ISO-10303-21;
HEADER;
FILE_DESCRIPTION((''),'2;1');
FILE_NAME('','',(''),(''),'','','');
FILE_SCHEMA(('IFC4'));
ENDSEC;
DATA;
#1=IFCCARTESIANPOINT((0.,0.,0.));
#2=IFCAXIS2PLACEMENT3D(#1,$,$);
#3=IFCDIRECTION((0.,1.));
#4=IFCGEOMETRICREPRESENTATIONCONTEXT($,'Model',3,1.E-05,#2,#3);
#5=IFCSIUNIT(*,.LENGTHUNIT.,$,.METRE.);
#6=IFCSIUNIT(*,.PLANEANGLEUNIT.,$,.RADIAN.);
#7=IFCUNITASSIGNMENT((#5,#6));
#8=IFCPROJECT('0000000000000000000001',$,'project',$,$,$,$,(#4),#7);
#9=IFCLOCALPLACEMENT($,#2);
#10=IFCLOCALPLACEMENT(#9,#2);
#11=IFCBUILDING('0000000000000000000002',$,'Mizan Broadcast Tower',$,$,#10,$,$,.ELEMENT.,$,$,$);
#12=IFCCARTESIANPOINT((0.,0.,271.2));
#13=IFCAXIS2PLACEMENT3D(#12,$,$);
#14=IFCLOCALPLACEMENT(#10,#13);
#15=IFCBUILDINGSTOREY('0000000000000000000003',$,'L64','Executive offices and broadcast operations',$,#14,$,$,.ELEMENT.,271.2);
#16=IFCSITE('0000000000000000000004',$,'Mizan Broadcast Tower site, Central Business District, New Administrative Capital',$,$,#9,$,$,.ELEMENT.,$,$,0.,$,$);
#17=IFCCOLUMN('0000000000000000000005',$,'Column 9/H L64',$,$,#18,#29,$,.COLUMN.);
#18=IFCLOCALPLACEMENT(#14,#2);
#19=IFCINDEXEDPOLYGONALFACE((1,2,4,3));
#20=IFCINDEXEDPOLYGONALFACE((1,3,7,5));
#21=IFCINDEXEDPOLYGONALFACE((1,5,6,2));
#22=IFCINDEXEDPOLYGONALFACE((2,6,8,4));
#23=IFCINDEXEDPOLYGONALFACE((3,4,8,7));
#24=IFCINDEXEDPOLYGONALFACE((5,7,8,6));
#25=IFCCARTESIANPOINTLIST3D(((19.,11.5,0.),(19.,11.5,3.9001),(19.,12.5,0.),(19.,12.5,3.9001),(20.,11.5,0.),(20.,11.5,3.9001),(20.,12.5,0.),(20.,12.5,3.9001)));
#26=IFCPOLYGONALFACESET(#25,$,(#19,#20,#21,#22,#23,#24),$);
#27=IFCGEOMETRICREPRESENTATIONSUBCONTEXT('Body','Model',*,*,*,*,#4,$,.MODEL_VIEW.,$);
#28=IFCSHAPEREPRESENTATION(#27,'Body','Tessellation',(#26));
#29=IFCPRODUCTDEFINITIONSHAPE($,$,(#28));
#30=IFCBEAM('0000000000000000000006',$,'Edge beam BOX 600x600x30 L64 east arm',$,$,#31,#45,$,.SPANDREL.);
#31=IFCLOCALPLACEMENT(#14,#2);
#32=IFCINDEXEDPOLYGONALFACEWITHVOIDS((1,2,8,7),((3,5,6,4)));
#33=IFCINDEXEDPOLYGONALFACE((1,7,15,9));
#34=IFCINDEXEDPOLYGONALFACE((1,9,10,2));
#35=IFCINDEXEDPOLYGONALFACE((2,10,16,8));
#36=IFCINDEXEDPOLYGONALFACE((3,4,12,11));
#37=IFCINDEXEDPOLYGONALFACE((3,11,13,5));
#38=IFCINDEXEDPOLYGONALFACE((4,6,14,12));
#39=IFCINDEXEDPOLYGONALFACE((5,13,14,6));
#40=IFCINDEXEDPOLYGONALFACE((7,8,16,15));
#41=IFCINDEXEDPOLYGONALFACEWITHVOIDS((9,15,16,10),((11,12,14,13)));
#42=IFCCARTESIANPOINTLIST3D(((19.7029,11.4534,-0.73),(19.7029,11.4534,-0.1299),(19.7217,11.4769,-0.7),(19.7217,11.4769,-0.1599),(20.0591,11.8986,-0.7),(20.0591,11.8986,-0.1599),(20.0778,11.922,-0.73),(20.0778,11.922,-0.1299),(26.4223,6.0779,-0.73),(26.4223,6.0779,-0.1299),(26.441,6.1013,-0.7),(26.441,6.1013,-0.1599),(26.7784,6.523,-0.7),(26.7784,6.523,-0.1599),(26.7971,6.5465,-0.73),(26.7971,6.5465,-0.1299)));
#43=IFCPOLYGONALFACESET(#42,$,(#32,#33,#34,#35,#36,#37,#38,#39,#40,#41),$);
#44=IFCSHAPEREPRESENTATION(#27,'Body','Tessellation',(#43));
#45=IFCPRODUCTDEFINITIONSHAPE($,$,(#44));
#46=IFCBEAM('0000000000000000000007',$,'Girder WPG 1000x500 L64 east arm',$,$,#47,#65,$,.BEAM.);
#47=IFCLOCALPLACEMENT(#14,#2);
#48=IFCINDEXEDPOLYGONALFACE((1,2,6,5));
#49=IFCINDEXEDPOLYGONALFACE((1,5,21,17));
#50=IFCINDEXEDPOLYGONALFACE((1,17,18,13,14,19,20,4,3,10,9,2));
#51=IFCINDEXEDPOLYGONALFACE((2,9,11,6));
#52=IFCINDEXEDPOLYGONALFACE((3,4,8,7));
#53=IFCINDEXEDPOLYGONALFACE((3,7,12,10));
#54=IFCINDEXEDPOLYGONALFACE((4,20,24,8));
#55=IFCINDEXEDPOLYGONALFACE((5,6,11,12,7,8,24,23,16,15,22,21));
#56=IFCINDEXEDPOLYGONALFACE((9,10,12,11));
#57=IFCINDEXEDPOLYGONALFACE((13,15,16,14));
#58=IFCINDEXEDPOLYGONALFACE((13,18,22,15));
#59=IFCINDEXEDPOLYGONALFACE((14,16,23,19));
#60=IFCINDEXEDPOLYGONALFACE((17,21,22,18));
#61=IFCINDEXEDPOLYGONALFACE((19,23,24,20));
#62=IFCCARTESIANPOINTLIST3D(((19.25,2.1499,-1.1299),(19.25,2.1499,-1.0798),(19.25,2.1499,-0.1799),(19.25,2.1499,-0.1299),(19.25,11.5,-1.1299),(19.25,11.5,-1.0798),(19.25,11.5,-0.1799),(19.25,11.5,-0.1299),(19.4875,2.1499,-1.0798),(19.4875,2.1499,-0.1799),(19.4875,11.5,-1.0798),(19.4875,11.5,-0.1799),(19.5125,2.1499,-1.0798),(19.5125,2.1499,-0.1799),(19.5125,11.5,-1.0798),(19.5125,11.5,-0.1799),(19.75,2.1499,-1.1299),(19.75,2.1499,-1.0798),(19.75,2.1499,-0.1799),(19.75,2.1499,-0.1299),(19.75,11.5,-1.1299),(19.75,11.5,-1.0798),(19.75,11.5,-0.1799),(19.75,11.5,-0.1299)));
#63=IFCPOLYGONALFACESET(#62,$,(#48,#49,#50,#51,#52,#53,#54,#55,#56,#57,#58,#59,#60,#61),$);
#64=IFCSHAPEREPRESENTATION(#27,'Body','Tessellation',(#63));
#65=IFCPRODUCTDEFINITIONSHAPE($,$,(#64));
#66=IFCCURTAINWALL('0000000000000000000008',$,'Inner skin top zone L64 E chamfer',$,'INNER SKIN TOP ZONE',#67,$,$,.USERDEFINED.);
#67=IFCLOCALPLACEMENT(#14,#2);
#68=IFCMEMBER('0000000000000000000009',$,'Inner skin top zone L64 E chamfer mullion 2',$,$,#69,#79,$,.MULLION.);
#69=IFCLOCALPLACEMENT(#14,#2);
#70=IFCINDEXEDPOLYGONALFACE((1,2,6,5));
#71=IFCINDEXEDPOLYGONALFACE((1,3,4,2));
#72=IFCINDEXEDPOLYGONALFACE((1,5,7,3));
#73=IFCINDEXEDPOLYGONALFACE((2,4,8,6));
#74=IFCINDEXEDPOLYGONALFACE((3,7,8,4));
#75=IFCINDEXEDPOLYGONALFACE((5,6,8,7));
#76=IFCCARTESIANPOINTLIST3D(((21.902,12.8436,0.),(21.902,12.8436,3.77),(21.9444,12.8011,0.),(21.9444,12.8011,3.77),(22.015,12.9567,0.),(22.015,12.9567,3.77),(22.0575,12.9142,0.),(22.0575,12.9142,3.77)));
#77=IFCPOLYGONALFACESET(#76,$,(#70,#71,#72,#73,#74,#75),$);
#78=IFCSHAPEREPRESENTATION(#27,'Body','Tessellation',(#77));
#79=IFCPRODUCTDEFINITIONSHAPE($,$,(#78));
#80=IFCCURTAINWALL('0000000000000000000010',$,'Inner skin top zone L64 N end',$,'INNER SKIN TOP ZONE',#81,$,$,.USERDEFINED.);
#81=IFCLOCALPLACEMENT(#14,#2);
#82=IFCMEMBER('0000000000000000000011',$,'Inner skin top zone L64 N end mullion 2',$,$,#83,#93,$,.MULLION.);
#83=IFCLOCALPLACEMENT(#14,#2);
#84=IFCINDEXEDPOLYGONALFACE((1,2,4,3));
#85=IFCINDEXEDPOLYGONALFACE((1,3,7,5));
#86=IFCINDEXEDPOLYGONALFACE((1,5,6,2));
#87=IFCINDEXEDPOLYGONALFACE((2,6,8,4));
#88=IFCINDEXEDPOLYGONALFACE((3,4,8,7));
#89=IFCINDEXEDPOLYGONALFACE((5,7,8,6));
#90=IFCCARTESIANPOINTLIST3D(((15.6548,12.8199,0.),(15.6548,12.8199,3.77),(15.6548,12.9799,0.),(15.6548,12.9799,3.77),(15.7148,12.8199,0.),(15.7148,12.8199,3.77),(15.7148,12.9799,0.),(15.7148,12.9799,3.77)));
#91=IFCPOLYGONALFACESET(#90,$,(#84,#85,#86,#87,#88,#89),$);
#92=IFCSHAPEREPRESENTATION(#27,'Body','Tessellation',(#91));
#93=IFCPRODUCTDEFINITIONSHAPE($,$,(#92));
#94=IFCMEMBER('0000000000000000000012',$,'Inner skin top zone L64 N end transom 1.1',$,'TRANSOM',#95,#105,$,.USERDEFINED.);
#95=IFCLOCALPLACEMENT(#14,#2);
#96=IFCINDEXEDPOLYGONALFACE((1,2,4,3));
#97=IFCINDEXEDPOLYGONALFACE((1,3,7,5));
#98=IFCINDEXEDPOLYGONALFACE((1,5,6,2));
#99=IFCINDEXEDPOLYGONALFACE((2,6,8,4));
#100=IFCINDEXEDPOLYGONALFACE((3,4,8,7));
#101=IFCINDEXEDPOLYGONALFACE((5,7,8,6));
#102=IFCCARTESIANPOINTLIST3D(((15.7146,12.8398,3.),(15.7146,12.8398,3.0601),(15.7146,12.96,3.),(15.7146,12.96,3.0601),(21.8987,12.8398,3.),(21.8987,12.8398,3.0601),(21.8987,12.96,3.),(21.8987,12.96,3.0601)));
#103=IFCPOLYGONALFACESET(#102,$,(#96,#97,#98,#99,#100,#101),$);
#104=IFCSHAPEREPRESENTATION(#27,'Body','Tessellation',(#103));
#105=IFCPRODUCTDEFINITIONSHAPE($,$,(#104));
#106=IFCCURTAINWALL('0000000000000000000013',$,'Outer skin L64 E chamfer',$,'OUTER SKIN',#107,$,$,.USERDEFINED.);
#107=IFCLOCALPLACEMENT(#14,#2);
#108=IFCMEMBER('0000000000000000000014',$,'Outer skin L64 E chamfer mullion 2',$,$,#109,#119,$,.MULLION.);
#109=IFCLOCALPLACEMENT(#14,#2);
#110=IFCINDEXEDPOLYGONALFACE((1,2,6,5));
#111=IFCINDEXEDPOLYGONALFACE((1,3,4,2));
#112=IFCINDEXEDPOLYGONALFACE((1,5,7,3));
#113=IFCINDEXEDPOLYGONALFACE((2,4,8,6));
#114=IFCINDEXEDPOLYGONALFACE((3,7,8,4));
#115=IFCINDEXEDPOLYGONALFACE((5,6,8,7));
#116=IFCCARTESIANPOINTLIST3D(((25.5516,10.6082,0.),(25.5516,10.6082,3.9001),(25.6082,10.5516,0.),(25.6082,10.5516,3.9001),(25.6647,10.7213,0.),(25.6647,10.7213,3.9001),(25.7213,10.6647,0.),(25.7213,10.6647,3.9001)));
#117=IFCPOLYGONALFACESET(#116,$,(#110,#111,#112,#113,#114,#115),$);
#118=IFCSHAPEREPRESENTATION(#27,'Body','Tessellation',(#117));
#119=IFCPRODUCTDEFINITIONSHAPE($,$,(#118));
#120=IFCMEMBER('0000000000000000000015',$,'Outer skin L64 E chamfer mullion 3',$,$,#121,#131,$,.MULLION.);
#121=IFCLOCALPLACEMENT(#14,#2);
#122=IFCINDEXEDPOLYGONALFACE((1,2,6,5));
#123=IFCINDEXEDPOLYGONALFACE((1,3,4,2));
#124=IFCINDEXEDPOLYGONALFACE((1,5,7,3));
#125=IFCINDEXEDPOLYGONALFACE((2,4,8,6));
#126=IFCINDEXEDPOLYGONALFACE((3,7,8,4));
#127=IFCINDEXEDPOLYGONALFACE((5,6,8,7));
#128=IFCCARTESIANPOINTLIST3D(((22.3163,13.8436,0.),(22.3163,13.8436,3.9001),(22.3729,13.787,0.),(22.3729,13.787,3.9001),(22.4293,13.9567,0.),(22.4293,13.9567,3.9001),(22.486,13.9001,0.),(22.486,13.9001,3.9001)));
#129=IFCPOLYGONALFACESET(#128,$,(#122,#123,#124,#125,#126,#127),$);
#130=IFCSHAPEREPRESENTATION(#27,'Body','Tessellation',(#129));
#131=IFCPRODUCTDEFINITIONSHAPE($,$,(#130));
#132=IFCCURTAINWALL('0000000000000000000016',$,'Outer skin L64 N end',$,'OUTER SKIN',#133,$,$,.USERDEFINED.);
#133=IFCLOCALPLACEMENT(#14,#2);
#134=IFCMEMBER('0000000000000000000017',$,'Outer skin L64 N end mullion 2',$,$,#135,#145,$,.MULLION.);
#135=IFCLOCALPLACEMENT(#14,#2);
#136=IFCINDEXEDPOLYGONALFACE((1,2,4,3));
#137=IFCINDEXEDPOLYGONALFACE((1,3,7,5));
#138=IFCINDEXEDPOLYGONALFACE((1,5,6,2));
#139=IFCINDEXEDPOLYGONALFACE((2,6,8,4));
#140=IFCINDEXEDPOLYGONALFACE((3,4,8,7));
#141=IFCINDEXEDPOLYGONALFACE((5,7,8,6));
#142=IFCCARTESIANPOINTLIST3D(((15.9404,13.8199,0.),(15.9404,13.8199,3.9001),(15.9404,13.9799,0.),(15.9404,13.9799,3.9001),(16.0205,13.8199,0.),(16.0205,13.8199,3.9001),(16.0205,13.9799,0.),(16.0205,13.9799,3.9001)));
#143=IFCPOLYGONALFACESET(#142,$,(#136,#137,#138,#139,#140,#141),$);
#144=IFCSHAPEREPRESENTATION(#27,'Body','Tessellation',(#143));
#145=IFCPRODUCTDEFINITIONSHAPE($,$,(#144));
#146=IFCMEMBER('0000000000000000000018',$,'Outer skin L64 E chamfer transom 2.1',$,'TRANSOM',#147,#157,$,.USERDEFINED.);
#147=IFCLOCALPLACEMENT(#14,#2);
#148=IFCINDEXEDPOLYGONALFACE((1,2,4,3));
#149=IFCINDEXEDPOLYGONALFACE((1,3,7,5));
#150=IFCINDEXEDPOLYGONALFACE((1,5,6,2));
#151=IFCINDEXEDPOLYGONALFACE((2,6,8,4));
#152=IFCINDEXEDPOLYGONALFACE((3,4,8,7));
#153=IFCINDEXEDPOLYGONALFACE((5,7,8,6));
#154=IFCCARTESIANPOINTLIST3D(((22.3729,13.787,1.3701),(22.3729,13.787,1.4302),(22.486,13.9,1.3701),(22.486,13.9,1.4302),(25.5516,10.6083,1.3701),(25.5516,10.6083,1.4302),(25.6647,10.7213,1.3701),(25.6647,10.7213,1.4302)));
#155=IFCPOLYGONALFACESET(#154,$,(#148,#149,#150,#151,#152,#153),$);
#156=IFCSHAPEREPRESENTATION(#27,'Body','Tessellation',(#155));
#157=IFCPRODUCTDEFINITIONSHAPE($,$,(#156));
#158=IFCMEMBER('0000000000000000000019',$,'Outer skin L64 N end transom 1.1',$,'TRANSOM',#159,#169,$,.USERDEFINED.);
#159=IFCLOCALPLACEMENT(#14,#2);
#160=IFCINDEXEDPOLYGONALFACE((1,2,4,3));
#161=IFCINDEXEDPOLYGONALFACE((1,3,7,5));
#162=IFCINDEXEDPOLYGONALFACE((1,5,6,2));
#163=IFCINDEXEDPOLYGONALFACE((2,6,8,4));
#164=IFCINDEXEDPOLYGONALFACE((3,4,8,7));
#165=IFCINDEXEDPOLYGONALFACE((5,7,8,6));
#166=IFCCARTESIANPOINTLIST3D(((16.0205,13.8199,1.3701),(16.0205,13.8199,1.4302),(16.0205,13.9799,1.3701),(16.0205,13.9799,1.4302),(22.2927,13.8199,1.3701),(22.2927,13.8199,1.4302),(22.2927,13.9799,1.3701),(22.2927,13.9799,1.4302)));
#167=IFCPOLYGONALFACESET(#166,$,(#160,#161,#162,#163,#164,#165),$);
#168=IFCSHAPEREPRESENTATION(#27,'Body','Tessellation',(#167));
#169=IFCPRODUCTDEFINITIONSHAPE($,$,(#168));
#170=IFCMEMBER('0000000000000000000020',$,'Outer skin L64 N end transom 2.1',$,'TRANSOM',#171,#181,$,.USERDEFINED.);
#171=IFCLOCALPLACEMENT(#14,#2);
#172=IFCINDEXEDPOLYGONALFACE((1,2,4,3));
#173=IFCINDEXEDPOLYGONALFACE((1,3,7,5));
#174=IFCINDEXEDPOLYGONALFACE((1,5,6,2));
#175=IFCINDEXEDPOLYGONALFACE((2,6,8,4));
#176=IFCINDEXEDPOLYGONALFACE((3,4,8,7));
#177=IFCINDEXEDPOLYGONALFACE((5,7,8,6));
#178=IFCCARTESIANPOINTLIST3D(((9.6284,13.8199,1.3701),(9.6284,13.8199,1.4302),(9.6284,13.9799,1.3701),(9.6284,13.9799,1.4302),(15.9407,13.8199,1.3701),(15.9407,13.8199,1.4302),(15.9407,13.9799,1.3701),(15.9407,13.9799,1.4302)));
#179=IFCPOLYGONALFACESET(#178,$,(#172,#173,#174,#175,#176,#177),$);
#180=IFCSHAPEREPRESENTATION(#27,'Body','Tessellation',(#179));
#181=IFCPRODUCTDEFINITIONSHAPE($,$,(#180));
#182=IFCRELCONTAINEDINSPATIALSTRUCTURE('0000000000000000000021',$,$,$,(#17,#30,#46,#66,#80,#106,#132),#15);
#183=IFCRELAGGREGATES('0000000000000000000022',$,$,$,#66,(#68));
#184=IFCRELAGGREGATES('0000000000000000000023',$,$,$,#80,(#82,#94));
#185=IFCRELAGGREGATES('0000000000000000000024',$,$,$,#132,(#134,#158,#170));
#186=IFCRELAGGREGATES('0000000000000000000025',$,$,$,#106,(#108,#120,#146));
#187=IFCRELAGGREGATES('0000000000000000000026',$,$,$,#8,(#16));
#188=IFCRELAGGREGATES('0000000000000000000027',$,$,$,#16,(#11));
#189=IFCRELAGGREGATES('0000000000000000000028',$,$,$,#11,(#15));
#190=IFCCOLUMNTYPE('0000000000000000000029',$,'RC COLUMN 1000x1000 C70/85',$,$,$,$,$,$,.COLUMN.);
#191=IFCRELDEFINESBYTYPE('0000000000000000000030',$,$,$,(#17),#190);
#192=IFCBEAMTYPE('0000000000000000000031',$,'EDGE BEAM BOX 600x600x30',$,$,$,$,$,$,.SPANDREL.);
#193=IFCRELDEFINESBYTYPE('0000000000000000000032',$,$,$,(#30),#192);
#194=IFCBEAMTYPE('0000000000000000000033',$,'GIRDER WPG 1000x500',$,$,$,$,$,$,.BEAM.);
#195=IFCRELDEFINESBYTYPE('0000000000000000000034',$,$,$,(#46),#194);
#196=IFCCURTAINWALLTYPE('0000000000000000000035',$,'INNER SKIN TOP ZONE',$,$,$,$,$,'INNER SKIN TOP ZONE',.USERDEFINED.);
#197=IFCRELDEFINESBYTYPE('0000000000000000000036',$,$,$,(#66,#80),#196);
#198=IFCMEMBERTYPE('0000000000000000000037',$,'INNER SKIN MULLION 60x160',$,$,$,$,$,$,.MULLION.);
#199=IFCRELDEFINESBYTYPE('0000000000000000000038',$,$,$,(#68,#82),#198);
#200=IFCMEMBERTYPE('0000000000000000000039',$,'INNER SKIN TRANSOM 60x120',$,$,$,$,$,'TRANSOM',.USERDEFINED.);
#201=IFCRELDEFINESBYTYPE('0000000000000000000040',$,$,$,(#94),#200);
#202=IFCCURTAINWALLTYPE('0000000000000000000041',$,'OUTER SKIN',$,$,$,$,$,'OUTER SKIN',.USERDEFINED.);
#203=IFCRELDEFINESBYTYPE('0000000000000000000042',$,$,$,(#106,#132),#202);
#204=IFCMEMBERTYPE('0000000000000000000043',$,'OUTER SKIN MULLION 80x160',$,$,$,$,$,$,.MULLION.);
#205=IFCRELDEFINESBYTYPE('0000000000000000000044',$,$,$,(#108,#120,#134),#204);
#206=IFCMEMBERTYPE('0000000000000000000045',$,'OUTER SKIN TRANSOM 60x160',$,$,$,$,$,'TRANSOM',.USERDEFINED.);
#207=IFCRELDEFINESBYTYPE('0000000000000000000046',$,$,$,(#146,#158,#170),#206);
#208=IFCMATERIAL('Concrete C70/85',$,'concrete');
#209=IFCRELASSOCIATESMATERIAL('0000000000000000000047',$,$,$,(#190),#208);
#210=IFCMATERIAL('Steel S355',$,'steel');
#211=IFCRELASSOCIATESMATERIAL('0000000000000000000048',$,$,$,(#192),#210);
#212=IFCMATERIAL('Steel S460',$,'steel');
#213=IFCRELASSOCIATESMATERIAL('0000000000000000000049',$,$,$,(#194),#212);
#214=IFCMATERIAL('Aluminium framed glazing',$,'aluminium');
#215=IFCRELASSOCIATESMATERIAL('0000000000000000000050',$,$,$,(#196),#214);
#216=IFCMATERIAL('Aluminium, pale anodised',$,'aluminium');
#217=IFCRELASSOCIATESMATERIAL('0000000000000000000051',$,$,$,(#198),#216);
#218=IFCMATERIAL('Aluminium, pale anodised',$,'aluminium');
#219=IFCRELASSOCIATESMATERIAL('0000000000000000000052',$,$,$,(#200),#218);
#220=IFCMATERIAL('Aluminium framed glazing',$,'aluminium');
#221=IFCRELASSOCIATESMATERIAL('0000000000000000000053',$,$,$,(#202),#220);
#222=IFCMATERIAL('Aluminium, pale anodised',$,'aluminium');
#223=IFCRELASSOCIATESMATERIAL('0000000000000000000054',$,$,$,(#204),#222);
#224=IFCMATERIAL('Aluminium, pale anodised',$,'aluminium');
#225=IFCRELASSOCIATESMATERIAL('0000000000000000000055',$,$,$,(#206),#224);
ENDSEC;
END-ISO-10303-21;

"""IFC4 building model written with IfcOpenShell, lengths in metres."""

from ifc_helpers import new_model, si_unit, direction, frame, origin, origin_2d, place, context, subcontext, project, spatial, rectangle, hollow_rectangle, i_section, extrude, material, material_profile, profile_set, type_object, element, aggregate, save


model = new_model("IFC4")

# Units and contexts
model_context = context("Model", 3, precision=1e-05, world=origin(), true_north=direction((0.0, 1.0)))
body_context = subcontext(model_context, "Body", "Model", "MODEL_VIEW")
ifc_project = project(units=[si_unit("LENGTHUNIT", "METRE"), si_unit("PLANEANGLEUNIT", "RADIAN")], contexts=[model_context])

# Site, building, storey
site_placement = place(None, origin())
site = spatial("IfcSite", under=ifc_project, at=site_placement, Name="Mizan Broadcast Tower site, Central Business District, New Administrative Capital", CompositionType="ELEMENT", RefElevation=0.0)
building_placement = place(site_placement, origin())
building = spatial("IfcBuilding", under=site, at=building_placement, Name="Mizan Broadcast Tower", CompositionType="ELEMENT")
storey_placement = place(building_placement, frame((0.0, 0.0, 271.2)))
storey = spatial("IfcBuildingStorey", under=building, at=storey_placement, Name="L64", Description="Executive offices and broadcast operations", CompositionType="ELEMENT", Elevation=271.2)

# Column
ifc_material_1 = material(Name="Concrete C70/85", Category="concrete")
ifc_material_profile_1 = material_profile(ifc_material_1, rectangle(XDim=1.0, YDim=1.0, at=origin_2d()), Name="RC 1000x1000")
ifc_profile_set_1 = profile_set([ifc_material_profile_1], Name="Concrete C70/85")
column_type = type_object("IfcColumnType", Name="RC COLUMN 1000x1000 C70/85", PredefinedType="COLUMN", material=ifc_profile_set_1)
column_placement = place(storey_placement, frame((19.5, 12.0, 0.0), z_axis=(0.0, 0.0, 1.0), x_axis=(1.0, 0.0, 0.0)))
element("IfcColumn", 1, at=column_placement, inside=storey, type_object=column_type, Name="Column 9/H L64", PredefinedType="COLUMN", context=body_context, shape_type="SweptSolid", body=[
    extrude(rectangle(XDim=1.0, YDim=1.0, at=origin_2d()), origin(), (0.0, 0.0, 1.0), 3.9001),
])

# Beams
ifc_material_2 = material(Name="Steel S355", Category="steel")
ifc_material_profile_2 = material_profile(ifc_material_2, hollow_rectangle(XDim=0.6001, YDim=0.6001, WallThickness=0.03, at=origin_2d()), Name="BOX 600x600x30")
ifc_profile_set_2 = profile_set([ifc_material_profile_2], Name="Steel S355")
beam_type_1 = type_object("IfcBeamType", Name="EDGE BEAM BOX 600x600x30", PredefinedType="SPANDREL", material=ifc_profile_set_2)
beam_1_placement = place(storey_placement, frame((19.8904, 11.6877, -0.4299), z_axis=(0.780863, -0.624702, 0.0), x_axis=(0.624702, 0.780863, 0.0)))
element("IfcBeam", 2, at=beam_1_placement, inside=storey, type_object=beam_type_1, Name="Edge beam BOX 600x600x30 L64 east arm", PredefinedType="SPANDREL", context=body_context, shape_type="SweptSolid", body=[
    extrude(hollow_rectangle(XDim=0.6001, YDim=0.6001, WallThickness=0.03, at=origin_2d()), origin(), (0.0, 0.0, 1.0), 8.605),
])
ifc_material_3 = material(Name="Steel S460", Category="steel")
ifc_material_profile_3 = material_profile(ifc_material_3, i_section(OverallWidth=0.5, OverallDepth=1.0, WebThickness=0.0249, FlangeThickness=0.05, at=origin_2d()), Name="WPG 1000x500")
ifc_profile_set_3 = profile_set([ifc_material_profile_3], Name="Steel S460")
beam_type_2 = type_object("IfcBeamType", Name="GIRDER WPG 1000x500", PredefinedType="BEAM", material=ifc_profile_set_3)
beam_2_placement = place(storey_placement, frame((19.5, 11.5, -0.6299), z_axis=(0.0, -1.0, 0.0), x_axis=(1.0, 0.0, 0.0)))
element("IfcBeam", 3, at=beam_2_placement, inside=storey, type_object=beam_type_2, Name="Girder WPG 1000x500 L64 east arm", PredefinedType="BEAM", context=body_context, shape_type="SweptSolid", body=[
    extrude(i_section(OverallWidth=0.5, OverallDepth=1.0, WebThickness=0.0249, FlangeThickness=0.05, at=origin_2d()), origin(), (0.0, 0.0, 1.0), 9.3501),
])

# Curtain wall, member
ifc_material_4 = material(Name="Aluminium framed glazing", Category="aluminium")
curtain_wall_type_1 = type_object("IfcCurtainWallType", Name="INNER SKIN TOP ZONE", ElementType="INNER SKIN TOP ZONE", PredefinedType="USERDEFINED", material=ifc_material_4)
curtain_wall_1_placement = place(storey_placement, origin())
curtain_wall_1 = element("IfcCurtainWall", 4, at=curtain_wall_1_placement, inside=storey, type_object=curtain_wall_type_1, Name="Inner skin top zone L64 E chamfer", ObjectType="INNER SKIN TOP ZONE", PredefinedType="USERDEFINED")
ifc_material_5 = material(Name="Aluminium, pale anodised", Category="aluminium")
ifc_material_profile_4 = material_profile(ifc_material_5, rectangle(XDim=0.1599, YDim=0.0601, at=origin_2d()), Name="MULLION 160x60")
ifc_profile_set_4 = profile_set([ifc_material_profile_4], Name="Aluminium, pale anodised")
member_type_1 = type_object("IfcMemberType", Name="INNER SKIN MULLION 60x160", PredefinedType="MULLION", material=ifc_profile_set_4)
member_1_placement = place(storey_placement, frame((21.9797, 12.8789, 0.0), z_axis=(0.0, 0.0, 1.0), x_axis=(-0.707107, -0.707107, 0.0)))
member_1 = element("IfcMember", 5, at=member_1_placement, type_object=member_type_1, Name="Inner skin top zone L64 E chamfer mullion 2", PredefinedType="MULLION", context=body_context, shape_type="SweptSolid", body=[
    extrude(rectangle(XDim=0.1599, YDim=0.0601, at=origin_2d()), origin(), (0.0, 0.0, 1.0), 3.77),
])

# Curtain walls, members
curtain_wall_2_placement = place(storey_placement, origin())
curtain_wall_2 = element("IfcCurtainWall", 6, at=curtain_wall_2_placement, inside=storey, type_object=curtain_wall_type_1, Name="Inner skin top zone L64 N end", ObjectType="INNER SKIN TOP ZONE", PredefinedType="USERDEFINED")
member_2_placement = place(storey_placement, frame((15.6848, 12.8999, 0.0), z_axis=(0.0, 0.0, 1.0), x_axis=(0.0, -1.0, 0.0)))
member_2 = element("IfcMember", 7, at=member_2_placement, type_object=member_type_1, Name="Inner skin top zone L64 N end mullion 2", PredefinedType="MULLION", context=body_context, shape_type="SweptSolid", body=[
    extrude(rectangle(XDim=0.1599, YDim=0.0601, at=origin_2d()), origin(), (0.0, 0.0, 1.0), 3.77),
])
ifc_material_6 = material(Name="Aluminium, pale anodised", Category="aluminium")
ifc_material_profile_5 = material_profile(ifc_material_6, rectangle(XDim=0.1201, YDim=0.0601, at=origin_2d()), Name="TRANSOM 120x60")
ifc_profile_set_5 = profile_set([ifc_material_profile_5], Name="Aluminium, pale anodised")
member_type_2 = type_object("IfcMemberType", Name="INNER SKIN TRANSOM 60x120", ElementType="TRANSOM", PredefinedType="USERDEFINED", material=ifc_profile_set_5)
member_3_placement = place(storey_placement, frame((21.8987, 12.8999, 3.03), z_axis=(-1.0, 0.0, 0.0), x_axis=(0.0, -1.0, 0.0)))
member_3 = element("IfcMember", 8, at=member_3_placement, type_object=member_type_2, Name="Inner skin top zone L64 N end transom 1.1", ObjectType="TRANSOM", PredefinedType="USERDEFINED", context=body_context, shape_type="SweptSolid", body=[
    extrude(rectangle(XDim=0.1201, YDim=0.0601, at=origin_2d()), origin(), (0.0, 0.0, 1.0), 6.1841),
])
ifc_material_7 = material(Name="Aluminium framed glazing", Category="aluminium")
curtain_wall_type_2 = type_object("IfcCurtainWallType", Name="OUTER SKIN", ElementType="OUTER SKIN", PredefinedType="USERDEFINED", material=ifc_material_7)
curtain_wall_3_placement = place(storey_placement, origin())
curtain_wall_3 = element("IfcCurtainWall", 9, at=curtain_wall_3_placement, inside=storey, type_object=curtain_wall_type_2, Name="Outer skin L64 E chamfer", ObjectType="OUTER SKIN", PredefinedType="USERDEFINED")
ifc_material_8 = material(Name="Aluminium, pale anodised", Category="aluminium")
ifc_material_profile_6 = material_profile(ifc_material_8, rectangle(XDim=0.1599, YDim=0.0801, at=origin_2d()), Name="MULLION 160x80")
ifc_profile_set_6 = profile_set([ifc_material_profile_6], Name="Aluminium, pale anodised")
member_type_3 = type_object("IfcMemberType", Name="OUTER SKIN MULLION 80x160", PredefinedType="MULLION", material=ifc_profile_set_6)
member_4_placement = place(storey_placement, frame((25.6365, 10.6365, 0.0), z_axis=(0.0, 0.0, 1.0), x_axis=(-0.707107, -0.707107, 0.0)))
member_4 = element("IfcMember", 10, at=member_4_placement, type_object=member_type_3, Name="Outer skin L64 E chamfer mullion 2", PredefinedType="MULLION", context=body_context, shape_type="SweptSolid", body=[
    extrude(rectangle(XDim=0.1599, YDim=0.0801, at=origin_2d()), origin(), (0.0, 0.0, 1.0), 3.9001),
])
member_5_placement = place(storey_placement, frame((22.4011, 13.8718, 0.0), z_axis=(0.0, 0.0, 1.0), x_axis=(-0.707107, -0.707107, 0.0)))
member_5 = element("IfcMember", 11, at=member_5_placement, type_object=member_type_3, Name="Outer skin L64 E chamfer mullion 3", PredefinedType="MULLION", context=body_context, shape_type="SweptSolid", body=[
    extrude(rectangle(XDim=0.1599, YDim=0.0801, at=origin_2d()), origin(), (0.0, 0.0, 1.0), 3.9001),
])

# Curtain wall, member
curtain_wall_4_placement = place(storey_placement, origin())
curtain_wall_4 = element("IfcCurtainWall", 12, at=curtain_wall_4_placement, inside=storey, type_object=curtain_wall_type_2, Name="Outer skin L64 N end", ObjectType="OUTER SKIN", PredefinedType="USERDEFINED")
member_6_placement = place(storey_placement, frame((15.9805, 13.8999, 0.0), z_axis=(0.0, 0.0, 1.0), x_axis=(0.0, -1.0, 0.0)))
member_6 = element("IfcMember", 13, at=member_6_placement, type_object=member_type_3, Name="Outer skin L64 N end mullion 2", PredefinedType="MULLION", context=body_context, shape_type="SweptSolid", body=[
    extrude(rectangle(XDim=0.1599, YDim=0.0801, at=origin_2d()), origin(), (0.0, 0.0, 1.0), 3.9001),
])

# Members
ifc_material_9 = material(Name="Aluminium, pale anodised", Category="aluminium")
ifc_material_profile_7 = material_profile(ifc_material_9, rectangle(XDim=0.1599, YDim=0.0601, at=origin_2d()), Name="TRANSOM 160x60")
ifc_profile_set_7 = profile_set([ifc_material_profile_7], Name="Aluminium, pale anodised")
member_type_4 = type_object("IfcMemberType", Name="OUTER SKIN TRANSOM 60x160", ElementType="TRANSOM", PredefinedType="USERDEFINED", material=ifc_profile_set_7)
member_7_placement = place(storey_placement, frame((25.6082, 10.6648, 1.4001), z_axis=(-0.707107, 0.707107, 0.0), x_axis=(-0.707107, -0.707107, 0.0)))
member_7 = element("IfcMember", 14, at=member_7_placement, type_object=member_type_4, Name="Outer skin L64 E chamfer transom 2.1", ObjectType="TRANSOM", PredefinedType="USERDEFINED", context=body_context, shape_type="SweptSolid", body=[
    extrude(rectangle(XDim=0.1599, YDim=0.0601, at=origin_2d()), origin(), (0.0, 0.0, 1.0), 4.4954),
])
member_8_placement = place(storey_placement, frame((22.2927, 13.8999, 1.4001), z_axis=(-1.0, 0.0, 0.0), x_axis=(0.0, -1.0, 0.0)))
member_8 = element("IfcMember", 15, at=member_8_placement, type_object=member_type_4, Name="Outer skin L64 N end transom 1.1", ObjectType="TRANSOM", PredefinedType="USERDEFINED", context=body_context, shape_type="SweptSolid", body=[
    extrude(rectangle(XDim=0.1599, YDim=0.0601, at=origin_2d()), origin(), (0.0, 0.0, 1.0), 6.2722),
])
member_9_placement = place(storey_placement, frame((15.9407, 13.8999, 1.4001), z_axis=(-1.0, 0.0, 0.0), x_axis=(0.0, -1.0, 0.0)))
member_9 = element("IfcMember", 16, at=member_9_placement, type_object=member_type_4, Name="Outer skin L64 N end transom 2.1", ObjectType="TRANSOM", PredefinedType="USERDEFINED", context=body_context, shape_type="SweptSolid", body=[
    extrude(rectangle(XDim=0.1599, YDim=0.0601, at=origin_2d()), origin(), (0.0, 0.0, 1.0), 6.3123),
])

aggregate(curtain_wall_1, [member_1])
aggregate(curtain_wall_2, [member_2, member_3])
aggregate(curtain_wall_4, [member_6, member_8, member_9])
aggregate(curtain_wall_3, [member_4, member_5, member_7])

save(model, "model.ifc")
